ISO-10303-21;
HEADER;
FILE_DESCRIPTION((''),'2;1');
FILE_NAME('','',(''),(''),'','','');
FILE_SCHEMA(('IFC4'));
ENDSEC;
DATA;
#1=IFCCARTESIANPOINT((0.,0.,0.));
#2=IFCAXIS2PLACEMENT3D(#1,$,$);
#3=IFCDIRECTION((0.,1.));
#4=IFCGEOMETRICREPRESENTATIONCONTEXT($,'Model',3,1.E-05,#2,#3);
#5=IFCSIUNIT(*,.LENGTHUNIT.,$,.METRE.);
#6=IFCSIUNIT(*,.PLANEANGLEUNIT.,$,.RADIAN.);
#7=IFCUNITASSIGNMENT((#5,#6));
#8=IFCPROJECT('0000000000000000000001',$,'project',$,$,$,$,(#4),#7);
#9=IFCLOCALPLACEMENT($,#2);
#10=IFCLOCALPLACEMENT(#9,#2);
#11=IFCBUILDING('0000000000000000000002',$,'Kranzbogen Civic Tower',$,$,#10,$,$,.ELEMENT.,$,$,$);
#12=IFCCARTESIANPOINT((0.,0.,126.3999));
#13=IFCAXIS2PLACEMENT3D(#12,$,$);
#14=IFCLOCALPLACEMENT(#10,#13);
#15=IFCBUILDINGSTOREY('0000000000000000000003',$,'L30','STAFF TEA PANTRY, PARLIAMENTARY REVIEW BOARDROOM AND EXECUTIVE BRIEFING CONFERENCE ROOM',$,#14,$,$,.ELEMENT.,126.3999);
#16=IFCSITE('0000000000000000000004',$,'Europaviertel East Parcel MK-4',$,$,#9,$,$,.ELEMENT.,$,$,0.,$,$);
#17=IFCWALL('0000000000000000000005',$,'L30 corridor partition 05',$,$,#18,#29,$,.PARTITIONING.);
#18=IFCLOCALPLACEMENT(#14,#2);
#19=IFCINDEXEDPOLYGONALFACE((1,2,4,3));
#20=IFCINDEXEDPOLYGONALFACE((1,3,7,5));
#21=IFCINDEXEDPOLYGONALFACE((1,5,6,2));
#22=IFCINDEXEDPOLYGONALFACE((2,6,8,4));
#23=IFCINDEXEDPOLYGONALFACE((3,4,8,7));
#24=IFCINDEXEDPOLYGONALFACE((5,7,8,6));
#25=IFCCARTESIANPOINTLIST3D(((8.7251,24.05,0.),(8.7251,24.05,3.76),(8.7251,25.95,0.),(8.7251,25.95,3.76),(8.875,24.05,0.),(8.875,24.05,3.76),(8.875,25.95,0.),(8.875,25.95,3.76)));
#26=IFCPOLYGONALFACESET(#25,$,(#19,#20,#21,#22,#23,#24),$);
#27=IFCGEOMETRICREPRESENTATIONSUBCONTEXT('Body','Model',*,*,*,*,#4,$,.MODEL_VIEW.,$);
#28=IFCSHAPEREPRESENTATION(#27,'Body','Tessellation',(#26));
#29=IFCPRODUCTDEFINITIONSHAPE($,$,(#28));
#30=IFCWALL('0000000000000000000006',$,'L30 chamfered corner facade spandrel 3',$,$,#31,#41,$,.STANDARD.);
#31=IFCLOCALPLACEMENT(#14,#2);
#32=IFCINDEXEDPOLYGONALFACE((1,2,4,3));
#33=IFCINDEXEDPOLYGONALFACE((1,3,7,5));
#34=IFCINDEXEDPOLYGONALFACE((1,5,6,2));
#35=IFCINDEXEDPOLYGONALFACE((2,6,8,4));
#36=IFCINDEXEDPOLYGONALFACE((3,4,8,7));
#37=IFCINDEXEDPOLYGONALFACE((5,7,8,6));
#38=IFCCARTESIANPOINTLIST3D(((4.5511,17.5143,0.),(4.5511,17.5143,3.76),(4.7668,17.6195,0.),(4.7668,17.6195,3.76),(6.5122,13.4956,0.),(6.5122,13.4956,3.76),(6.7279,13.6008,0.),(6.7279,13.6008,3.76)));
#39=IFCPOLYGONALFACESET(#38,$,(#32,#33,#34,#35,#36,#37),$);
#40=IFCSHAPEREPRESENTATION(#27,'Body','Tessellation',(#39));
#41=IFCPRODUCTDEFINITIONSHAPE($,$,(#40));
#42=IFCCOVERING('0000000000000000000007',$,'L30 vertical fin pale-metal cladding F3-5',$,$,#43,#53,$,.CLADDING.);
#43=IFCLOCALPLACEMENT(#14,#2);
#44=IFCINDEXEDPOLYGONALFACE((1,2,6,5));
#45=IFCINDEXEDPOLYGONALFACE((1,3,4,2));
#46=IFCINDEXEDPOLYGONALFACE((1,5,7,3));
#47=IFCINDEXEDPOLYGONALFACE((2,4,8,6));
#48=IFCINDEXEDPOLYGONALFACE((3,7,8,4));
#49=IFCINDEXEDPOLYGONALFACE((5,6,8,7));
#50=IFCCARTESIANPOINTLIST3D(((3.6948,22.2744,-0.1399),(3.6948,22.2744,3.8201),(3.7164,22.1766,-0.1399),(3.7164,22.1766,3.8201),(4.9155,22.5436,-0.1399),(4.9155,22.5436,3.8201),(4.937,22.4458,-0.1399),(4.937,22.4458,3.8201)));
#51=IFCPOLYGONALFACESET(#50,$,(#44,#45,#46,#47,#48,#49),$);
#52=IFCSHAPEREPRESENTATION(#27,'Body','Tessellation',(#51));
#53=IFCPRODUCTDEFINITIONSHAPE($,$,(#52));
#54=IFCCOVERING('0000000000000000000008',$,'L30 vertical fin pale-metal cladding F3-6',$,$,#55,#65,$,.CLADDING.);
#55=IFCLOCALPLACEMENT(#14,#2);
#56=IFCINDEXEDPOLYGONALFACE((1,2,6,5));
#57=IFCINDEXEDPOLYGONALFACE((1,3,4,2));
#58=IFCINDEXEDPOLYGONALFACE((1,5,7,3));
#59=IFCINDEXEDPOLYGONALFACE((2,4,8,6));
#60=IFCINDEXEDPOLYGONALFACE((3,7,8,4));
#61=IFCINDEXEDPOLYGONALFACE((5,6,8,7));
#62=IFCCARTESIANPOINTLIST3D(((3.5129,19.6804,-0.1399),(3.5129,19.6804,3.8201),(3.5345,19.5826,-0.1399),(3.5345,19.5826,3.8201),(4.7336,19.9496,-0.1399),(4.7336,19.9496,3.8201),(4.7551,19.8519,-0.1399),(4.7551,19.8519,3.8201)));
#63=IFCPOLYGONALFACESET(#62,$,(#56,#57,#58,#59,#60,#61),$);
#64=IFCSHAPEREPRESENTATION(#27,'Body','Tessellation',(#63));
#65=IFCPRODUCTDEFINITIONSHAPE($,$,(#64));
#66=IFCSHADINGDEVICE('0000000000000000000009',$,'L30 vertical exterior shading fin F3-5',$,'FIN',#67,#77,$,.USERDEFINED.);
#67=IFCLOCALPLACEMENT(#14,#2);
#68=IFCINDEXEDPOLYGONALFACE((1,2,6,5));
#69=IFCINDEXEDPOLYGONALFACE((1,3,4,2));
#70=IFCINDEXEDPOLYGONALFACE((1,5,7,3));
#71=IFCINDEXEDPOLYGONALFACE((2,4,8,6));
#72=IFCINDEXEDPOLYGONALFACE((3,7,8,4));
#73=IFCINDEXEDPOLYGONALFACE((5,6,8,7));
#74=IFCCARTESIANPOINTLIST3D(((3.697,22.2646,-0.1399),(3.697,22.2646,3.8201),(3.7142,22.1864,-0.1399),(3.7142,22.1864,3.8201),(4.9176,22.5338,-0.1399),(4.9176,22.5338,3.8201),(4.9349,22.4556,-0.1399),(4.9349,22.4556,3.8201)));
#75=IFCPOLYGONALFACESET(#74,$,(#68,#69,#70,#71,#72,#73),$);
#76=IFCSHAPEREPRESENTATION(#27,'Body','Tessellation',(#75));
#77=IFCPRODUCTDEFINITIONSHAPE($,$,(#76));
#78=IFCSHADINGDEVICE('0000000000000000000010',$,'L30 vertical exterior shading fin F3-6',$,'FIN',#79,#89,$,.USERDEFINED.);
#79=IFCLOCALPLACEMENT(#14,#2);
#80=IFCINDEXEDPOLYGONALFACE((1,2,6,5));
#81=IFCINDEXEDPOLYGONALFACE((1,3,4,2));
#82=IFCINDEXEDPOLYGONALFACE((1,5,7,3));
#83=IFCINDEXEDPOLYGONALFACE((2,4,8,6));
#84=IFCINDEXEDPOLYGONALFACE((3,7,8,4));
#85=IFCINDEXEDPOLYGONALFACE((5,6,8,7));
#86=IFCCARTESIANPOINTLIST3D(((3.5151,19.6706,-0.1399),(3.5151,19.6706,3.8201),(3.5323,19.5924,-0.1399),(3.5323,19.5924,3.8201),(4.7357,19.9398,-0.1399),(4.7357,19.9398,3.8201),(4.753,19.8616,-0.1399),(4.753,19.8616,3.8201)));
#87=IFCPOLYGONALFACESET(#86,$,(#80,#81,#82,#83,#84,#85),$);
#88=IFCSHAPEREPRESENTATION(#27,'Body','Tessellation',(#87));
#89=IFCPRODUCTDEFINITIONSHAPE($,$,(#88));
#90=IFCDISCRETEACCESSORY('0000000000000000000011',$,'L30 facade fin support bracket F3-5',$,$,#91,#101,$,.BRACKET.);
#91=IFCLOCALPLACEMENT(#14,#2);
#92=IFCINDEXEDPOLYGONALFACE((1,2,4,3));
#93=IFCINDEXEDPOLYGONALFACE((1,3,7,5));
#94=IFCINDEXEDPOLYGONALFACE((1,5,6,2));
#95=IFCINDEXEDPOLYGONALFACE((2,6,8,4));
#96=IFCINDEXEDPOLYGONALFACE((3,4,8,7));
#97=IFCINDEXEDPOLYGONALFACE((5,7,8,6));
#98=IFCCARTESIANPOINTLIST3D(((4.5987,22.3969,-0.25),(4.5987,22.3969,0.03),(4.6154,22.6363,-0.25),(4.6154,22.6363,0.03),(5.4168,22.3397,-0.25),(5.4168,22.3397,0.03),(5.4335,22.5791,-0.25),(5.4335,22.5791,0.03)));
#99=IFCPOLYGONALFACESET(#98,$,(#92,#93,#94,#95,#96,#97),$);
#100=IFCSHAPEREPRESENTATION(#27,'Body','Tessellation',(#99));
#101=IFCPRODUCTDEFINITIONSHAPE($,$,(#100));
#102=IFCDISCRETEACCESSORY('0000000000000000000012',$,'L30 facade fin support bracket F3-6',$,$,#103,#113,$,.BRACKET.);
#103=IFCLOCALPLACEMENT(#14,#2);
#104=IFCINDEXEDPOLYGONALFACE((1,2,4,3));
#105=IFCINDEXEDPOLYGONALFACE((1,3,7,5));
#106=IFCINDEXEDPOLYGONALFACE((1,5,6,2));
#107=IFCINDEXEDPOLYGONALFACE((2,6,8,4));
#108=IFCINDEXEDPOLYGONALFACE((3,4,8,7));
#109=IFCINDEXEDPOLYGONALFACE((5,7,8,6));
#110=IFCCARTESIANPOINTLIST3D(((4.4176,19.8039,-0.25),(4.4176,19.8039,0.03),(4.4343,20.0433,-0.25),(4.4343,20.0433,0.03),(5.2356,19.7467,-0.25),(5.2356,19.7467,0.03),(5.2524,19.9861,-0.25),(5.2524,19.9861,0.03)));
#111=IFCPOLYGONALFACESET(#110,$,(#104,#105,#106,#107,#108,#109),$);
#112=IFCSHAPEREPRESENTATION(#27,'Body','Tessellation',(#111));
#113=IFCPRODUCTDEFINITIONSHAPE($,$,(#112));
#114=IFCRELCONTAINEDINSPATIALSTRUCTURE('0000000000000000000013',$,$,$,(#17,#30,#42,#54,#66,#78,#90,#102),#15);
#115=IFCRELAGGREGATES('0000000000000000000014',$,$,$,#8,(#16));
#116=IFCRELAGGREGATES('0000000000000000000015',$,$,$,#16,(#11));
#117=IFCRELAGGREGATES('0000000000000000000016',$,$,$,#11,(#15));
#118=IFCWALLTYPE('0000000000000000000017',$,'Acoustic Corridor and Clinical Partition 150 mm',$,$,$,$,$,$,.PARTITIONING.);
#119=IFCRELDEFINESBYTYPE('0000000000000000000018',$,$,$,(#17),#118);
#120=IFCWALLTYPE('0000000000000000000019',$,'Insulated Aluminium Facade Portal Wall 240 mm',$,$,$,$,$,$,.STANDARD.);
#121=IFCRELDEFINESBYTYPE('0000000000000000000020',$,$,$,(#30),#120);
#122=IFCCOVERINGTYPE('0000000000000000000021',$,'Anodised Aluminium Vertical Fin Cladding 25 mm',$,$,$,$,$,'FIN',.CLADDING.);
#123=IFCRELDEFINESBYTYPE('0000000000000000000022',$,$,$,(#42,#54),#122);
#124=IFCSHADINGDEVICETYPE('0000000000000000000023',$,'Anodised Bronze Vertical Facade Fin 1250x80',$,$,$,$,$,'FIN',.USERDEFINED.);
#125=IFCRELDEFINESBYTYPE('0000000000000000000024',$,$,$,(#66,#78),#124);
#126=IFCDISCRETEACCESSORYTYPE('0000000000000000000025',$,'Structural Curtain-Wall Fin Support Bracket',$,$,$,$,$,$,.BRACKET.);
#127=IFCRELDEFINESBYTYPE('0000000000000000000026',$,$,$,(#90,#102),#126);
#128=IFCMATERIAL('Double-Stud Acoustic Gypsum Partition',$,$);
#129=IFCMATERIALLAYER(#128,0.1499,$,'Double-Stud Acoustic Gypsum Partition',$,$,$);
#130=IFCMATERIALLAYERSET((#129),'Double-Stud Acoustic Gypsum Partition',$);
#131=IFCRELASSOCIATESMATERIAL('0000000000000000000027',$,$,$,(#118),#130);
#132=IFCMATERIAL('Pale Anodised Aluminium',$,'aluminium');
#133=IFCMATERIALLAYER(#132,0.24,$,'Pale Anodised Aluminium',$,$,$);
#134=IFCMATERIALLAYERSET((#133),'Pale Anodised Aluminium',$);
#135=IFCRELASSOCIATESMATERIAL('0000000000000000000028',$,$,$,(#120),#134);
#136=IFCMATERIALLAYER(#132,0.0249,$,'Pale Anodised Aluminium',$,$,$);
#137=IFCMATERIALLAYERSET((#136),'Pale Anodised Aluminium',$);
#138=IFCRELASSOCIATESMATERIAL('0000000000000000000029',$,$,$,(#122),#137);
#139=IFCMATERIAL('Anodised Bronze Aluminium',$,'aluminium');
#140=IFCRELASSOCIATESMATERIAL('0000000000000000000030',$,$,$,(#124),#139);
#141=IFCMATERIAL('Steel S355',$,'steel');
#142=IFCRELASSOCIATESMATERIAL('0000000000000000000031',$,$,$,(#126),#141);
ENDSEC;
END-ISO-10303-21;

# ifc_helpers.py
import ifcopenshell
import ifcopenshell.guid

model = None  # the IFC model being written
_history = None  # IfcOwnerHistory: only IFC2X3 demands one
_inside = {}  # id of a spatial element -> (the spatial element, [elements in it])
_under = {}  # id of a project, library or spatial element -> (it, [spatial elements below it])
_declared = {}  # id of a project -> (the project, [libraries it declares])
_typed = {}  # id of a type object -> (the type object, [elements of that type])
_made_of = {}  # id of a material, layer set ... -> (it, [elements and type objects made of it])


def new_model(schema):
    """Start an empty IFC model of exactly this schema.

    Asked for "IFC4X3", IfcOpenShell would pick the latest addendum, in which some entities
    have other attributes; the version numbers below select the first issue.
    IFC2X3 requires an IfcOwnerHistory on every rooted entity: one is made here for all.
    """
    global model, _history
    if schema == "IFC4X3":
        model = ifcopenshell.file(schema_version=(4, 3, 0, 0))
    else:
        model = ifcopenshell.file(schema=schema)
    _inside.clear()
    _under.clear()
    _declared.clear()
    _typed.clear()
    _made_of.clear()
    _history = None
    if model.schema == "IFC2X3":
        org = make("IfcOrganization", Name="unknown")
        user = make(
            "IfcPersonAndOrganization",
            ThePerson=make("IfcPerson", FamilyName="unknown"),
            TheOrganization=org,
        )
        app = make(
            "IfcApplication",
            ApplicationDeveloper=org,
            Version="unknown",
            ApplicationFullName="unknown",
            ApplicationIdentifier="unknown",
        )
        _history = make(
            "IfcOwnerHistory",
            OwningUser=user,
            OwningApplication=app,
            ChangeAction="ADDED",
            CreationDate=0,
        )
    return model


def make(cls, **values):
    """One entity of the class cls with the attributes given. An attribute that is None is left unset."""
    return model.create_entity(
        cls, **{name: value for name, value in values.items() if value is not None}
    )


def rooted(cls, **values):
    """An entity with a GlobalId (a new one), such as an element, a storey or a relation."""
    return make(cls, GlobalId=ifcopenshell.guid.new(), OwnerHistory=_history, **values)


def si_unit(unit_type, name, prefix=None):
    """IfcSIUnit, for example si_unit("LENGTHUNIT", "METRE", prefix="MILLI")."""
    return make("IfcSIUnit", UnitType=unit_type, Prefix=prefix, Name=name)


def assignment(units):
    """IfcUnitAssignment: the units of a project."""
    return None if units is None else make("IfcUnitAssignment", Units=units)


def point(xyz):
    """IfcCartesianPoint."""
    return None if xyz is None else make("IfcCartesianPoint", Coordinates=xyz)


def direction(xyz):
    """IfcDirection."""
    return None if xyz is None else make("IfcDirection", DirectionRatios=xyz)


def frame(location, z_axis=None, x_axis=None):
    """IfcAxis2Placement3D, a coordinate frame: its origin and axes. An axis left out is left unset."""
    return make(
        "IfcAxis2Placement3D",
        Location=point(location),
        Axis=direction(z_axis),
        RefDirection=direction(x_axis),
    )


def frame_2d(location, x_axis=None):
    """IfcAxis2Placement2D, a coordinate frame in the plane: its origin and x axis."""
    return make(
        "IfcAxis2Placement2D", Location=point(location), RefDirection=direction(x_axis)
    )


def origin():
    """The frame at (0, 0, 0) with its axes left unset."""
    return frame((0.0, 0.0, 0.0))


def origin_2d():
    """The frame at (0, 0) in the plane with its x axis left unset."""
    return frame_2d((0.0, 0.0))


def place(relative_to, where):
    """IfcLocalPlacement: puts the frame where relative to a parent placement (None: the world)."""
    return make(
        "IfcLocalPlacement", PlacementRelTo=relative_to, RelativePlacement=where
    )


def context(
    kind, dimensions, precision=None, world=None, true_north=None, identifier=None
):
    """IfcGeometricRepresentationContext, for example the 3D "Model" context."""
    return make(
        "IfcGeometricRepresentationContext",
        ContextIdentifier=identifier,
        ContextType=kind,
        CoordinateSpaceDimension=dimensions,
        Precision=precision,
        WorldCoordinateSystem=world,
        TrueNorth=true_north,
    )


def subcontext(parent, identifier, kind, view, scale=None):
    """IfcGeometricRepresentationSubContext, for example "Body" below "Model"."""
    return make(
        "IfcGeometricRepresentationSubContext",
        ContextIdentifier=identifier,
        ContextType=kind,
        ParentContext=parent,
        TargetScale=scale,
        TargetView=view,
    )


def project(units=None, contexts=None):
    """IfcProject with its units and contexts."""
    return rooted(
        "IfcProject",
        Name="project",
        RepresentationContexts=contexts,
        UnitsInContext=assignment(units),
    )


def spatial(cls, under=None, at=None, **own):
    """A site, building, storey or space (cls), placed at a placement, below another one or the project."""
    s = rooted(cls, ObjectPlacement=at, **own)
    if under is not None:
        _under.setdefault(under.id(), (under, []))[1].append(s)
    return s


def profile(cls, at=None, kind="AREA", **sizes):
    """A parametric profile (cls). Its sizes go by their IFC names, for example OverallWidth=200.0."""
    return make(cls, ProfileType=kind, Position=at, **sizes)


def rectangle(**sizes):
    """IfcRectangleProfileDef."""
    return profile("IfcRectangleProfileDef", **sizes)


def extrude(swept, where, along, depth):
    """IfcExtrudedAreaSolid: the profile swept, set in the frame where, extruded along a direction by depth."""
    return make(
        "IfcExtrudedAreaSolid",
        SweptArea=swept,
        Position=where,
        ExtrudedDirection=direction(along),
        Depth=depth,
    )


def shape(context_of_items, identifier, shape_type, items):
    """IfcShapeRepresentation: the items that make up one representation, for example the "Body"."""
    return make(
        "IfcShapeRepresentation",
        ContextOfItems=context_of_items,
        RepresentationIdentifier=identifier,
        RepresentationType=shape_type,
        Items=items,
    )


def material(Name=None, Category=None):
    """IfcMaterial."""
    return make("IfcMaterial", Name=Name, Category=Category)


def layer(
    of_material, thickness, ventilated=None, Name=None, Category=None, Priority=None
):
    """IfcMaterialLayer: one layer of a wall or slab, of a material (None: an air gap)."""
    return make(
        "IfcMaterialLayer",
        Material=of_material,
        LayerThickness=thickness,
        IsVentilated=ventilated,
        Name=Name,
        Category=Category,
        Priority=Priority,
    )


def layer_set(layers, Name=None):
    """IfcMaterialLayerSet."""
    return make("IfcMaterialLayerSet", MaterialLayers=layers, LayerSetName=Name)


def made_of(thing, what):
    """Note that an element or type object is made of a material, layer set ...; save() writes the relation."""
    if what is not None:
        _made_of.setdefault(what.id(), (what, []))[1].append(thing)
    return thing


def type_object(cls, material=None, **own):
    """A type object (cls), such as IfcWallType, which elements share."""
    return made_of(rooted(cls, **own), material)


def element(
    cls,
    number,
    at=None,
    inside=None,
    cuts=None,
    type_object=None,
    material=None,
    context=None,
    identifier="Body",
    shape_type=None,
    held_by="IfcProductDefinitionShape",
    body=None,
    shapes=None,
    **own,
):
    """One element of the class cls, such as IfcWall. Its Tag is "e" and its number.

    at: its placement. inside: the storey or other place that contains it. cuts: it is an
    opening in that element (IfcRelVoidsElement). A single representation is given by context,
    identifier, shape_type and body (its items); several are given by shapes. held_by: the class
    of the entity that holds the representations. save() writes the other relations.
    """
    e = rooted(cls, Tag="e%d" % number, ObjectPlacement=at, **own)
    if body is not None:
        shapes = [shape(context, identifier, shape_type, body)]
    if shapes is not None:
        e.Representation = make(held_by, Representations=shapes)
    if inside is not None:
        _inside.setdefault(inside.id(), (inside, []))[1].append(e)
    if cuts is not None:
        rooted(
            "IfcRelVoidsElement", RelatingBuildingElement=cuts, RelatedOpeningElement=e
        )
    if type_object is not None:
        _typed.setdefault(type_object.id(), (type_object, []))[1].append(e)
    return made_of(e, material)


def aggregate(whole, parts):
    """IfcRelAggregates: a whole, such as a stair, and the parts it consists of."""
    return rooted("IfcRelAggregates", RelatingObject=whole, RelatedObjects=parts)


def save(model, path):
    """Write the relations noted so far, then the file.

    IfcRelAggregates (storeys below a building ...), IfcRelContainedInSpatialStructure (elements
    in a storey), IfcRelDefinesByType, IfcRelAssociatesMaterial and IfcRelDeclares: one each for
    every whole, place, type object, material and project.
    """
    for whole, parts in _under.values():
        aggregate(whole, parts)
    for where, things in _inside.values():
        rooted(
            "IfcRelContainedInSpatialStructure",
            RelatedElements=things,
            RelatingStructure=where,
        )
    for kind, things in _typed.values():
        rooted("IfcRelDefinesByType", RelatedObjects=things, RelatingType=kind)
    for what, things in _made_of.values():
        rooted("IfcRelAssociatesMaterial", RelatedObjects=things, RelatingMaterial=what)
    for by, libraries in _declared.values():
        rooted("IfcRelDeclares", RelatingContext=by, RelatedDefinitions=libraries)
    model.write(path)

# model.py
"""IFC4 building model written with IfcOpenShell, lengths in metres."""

from ifc_helpers import new_model, si_unit, direction, frame, frame_2d, origin, origin_2d, place, context, subcontext, project, spatial, rectangle, extrude, material, layer, layer_set, type_object, element, save


model = new_model("IFC4")

# Units and contexts
model_context = context("Model", 3, precision=1e-05, world=origin(), true_north=direction((0.0, 1.0)))
body_context = subcontext(model_context, "Body", "Model", "MODEL_VIEW")
ifc_project = project(units=[si_unit("LENGTHUNIT", "METRE"), si_unit("PLANEANGLEUNIT", "RADIAN")], contexts=[model_context])

# Site, building, storey
site_placement = place(None, origin())
site = spatial("IfcSite", under=ifc_project, at=site_placement, Name="Europaviertel East Parcel MK-4", CompositionType="ELEMENT", RefElevation=0.0)
building_placement = place(site_placement, origin())
building = spatial("IfcBuilding", under=site, at=building_placement, Name="Kranzbogen Civic Tower", CompositionType="ELEMENT")
storey_placement = place(building_placement, frame((0.0, 0.0, 126.3999)))
storey = spatial("IfcBuildingStorey", under=building, at=storey_placement, Name="L30", Description="STAFF TEA PANTRY, PARLIAMENTARY REVIEW BOARDROOM AND EXECUTIVE BRIEFING CONFERENCE ROOM", CompositionType="ELEMENT", Elevation=126.3999)

# Shared definitions
ifc_material_1 = material(Name="Pale Anodised Aluminium", Category="aluminium")

# Shared definitions
ifc_material_2 = material(Name="Steel S355", Category="steel")

# Walls
ifc_material_3 = material(Name="Double-Stud Acoustic Gypsum Partition")
ifc_layer_1 = layer(ifc_material_3, 0.1499, Name="Double-Stud Acoustic Gypsum Partition")
ifc_layer_set_1 = layer_set([ifc_layer_1], Name="Double-Stud Acoustic Gypsum Partition")
wall_type_1 = type_object("IfcWallType", Name="Acoustic Corridor and Clinical Partition 150 mm", PredefinedType="PARTITIONING", material=ifc_layer_set_1)
wall_1_placement = place(storey_placement, frame((8.8, 24.05, 0.0), z_axis=(0.0, 0.0, 1.0), x_axis=(0.0, 1.0, 0.0)))
element("IfcWall", 1, at=wall_1_placement, inside=storey, type_object=wall_type_1, Name="L30 corridor partition 05", PredefinedType="PARTITIONING", context=body_context, shape_type="SweptSolid", body=[
    extrude(rectangle(XDim=1.8999, YDim=0.1499, at=frame_2d((0.95, 0.0))), origin(), (0.0, 0.0, 1.0), 3.76),
])
ifc_layer_2 = layer(ifc_material_1, 0.24, Name="Pale Anodised Aluminium")
ifc_layer_set_2 = layer_set([ifc_layer_2], Name="Pale Anodised Aluminium")
wall_type_2 = type_object("IfcWallType", Name="Insulated Aluminium Facade Portal Wall 240 mm", PredefinedType="STANDARD", material=ifc_layer_set_2)
wall_2_placement = place(storey_placement, frame((4.6589, 17.5669, 0.0), z_axis=(0.0, 0.0, 1.0), x_axis=(0.438567, -0.898699, 0.0)))
element("IfcWall", 2, at=wall_2_placement, inside=storey, type_object=wall_type_2, Name="L30 chamfered corner facade spandrel 3", PredefinedType="STANDARD", context=body_context, shape_type="SweptSolid", body=[
    extrude(rectangle(XDim=4.4717, YDim=0.24, at=frame_2d((2.2358, 0.0))), origin(), (0.0, 0.0, 1.0), 3.76),
])

# Coverings
ifc_layer_3 = layer(ifc_material_1, 0.0249, Name="Pale Anodised Aluminium")
ifc_layer_set_3 = layer_set([ifc_layer_3], Name="Pale Anodised Aluminium")
covering_type = type_object("IfcCoveringType", Name="Anodised Aluminium Vertical Fin Cladding 25 mm", ElementType="FIN", PredefinedType="CLADDING", material=ifc_layer_set_3)
for number, where, z_axis, x_axis, name in (
    (3, (4.3159, 22.3601, -0.1399), (0.0, 0.0, 1.0), (-0.97653, -0.215383, 0.0), "L30 vertical fin pale-metal cladding F3-5"),
    (4, (4.134, 19.7661, -0.1399), (0.0, 0.0, 1.0), (-0.97653, -0.215383, 0.0), "L30 vertical fin pale-metal cladding F3-6"),
):
    element("IfcCovering", number, at=place(storey_placement, frame(where, z_axis=z_axis, x_axis=x_axis)), inside=storey, type_object=covering_type, Name=name, PredefinedType="CLADDING", context=body_context, shape_type="SweptSolid", body=[
        extrude(rectangle(XDim=1.25, YDim=0.1001, at=origin_2d()), origin(), (0.0, 0.0, 1.0), 3.96),
    ])

# Shading devices
ifc_material_4 = material(Name="Anodised Bronze Aluminium", Category="aluminium")
shading_device_type = type_object("IfcShadingDeviceType", Name="Anodised Bronze Vertical Facade Fin 1250x80", ElementType="FIN", PredefinedType="USERDEFINED", material=ifc_material_4)
for number, where, z_axis, x_axis, name in (
    (5, (4.3159, 22.3601, -0.1399), (0.0, 0.0, 1.0), (-0.97653, -0.215383, 0.0), "L30 vertical exterior shading fin F3-5"),
    (6, (4.134, 19.7661, -0.1399), (0.0, 0.0, 1.0), (-0.97653, -0.215383, 0.0), "L30 vertical exterior shading fin F3-6"),
):
    element("IfcShadingDevice", number, at=place(storey_placement, frame(where, z_axis=z_axis, x_axis=x_axis)), inside=storey, type_object=shading_device_type, Name=name, ObjectType="FIN", PredefinedType="USERDEFINED", context=body_context, shape_type="SweptSolid", body=[
        extrude(rectangle(XDim=1.25, YDim=0.0801, at=origin_2d()), origin(), (0.0, 0.0, 1.0), 3.96),
    ])

# Discrete accessories
discrete_accessory_type = type_object("IfcDiscreteAccessoryType", Name="Structural Curtain-Wall Fin Support Bracket", PredefinedType="BRACKET", material=ifc_material_2)
for number, where, z_axis, x_axis, name in (
    (7, (5.0161, 22.488, -0.25), (0.0, 0.0, 1.0), (-0.997564, 0.069756, 0.0), "L30 facade fin support bracket F3-5"),
    (8, (4.835, 19.895, -0.25), (0.0, 0.0, 1.0), (-0.997564, 0.069756, 0.0), "L30 facade fin support bracket F3-6"),
):
    element("IfcDiscreteAccessory", number, at=place(storey_placement, frame(where, z_axis=z_axis, x_axis=x_axis)), inside=storey, type_object=discrete_accessory_type, Name=name, PredefinedType="BRACKET", context=body_context, shape_type="SweptSolid", body=[
        extrude(rectangle(XDim=0.8201, YDim=0.24, at=origin_2d()), origin(), (0.0, 0.0, 1.0), 0.28),
    ])

save(model, "model.ifc")
